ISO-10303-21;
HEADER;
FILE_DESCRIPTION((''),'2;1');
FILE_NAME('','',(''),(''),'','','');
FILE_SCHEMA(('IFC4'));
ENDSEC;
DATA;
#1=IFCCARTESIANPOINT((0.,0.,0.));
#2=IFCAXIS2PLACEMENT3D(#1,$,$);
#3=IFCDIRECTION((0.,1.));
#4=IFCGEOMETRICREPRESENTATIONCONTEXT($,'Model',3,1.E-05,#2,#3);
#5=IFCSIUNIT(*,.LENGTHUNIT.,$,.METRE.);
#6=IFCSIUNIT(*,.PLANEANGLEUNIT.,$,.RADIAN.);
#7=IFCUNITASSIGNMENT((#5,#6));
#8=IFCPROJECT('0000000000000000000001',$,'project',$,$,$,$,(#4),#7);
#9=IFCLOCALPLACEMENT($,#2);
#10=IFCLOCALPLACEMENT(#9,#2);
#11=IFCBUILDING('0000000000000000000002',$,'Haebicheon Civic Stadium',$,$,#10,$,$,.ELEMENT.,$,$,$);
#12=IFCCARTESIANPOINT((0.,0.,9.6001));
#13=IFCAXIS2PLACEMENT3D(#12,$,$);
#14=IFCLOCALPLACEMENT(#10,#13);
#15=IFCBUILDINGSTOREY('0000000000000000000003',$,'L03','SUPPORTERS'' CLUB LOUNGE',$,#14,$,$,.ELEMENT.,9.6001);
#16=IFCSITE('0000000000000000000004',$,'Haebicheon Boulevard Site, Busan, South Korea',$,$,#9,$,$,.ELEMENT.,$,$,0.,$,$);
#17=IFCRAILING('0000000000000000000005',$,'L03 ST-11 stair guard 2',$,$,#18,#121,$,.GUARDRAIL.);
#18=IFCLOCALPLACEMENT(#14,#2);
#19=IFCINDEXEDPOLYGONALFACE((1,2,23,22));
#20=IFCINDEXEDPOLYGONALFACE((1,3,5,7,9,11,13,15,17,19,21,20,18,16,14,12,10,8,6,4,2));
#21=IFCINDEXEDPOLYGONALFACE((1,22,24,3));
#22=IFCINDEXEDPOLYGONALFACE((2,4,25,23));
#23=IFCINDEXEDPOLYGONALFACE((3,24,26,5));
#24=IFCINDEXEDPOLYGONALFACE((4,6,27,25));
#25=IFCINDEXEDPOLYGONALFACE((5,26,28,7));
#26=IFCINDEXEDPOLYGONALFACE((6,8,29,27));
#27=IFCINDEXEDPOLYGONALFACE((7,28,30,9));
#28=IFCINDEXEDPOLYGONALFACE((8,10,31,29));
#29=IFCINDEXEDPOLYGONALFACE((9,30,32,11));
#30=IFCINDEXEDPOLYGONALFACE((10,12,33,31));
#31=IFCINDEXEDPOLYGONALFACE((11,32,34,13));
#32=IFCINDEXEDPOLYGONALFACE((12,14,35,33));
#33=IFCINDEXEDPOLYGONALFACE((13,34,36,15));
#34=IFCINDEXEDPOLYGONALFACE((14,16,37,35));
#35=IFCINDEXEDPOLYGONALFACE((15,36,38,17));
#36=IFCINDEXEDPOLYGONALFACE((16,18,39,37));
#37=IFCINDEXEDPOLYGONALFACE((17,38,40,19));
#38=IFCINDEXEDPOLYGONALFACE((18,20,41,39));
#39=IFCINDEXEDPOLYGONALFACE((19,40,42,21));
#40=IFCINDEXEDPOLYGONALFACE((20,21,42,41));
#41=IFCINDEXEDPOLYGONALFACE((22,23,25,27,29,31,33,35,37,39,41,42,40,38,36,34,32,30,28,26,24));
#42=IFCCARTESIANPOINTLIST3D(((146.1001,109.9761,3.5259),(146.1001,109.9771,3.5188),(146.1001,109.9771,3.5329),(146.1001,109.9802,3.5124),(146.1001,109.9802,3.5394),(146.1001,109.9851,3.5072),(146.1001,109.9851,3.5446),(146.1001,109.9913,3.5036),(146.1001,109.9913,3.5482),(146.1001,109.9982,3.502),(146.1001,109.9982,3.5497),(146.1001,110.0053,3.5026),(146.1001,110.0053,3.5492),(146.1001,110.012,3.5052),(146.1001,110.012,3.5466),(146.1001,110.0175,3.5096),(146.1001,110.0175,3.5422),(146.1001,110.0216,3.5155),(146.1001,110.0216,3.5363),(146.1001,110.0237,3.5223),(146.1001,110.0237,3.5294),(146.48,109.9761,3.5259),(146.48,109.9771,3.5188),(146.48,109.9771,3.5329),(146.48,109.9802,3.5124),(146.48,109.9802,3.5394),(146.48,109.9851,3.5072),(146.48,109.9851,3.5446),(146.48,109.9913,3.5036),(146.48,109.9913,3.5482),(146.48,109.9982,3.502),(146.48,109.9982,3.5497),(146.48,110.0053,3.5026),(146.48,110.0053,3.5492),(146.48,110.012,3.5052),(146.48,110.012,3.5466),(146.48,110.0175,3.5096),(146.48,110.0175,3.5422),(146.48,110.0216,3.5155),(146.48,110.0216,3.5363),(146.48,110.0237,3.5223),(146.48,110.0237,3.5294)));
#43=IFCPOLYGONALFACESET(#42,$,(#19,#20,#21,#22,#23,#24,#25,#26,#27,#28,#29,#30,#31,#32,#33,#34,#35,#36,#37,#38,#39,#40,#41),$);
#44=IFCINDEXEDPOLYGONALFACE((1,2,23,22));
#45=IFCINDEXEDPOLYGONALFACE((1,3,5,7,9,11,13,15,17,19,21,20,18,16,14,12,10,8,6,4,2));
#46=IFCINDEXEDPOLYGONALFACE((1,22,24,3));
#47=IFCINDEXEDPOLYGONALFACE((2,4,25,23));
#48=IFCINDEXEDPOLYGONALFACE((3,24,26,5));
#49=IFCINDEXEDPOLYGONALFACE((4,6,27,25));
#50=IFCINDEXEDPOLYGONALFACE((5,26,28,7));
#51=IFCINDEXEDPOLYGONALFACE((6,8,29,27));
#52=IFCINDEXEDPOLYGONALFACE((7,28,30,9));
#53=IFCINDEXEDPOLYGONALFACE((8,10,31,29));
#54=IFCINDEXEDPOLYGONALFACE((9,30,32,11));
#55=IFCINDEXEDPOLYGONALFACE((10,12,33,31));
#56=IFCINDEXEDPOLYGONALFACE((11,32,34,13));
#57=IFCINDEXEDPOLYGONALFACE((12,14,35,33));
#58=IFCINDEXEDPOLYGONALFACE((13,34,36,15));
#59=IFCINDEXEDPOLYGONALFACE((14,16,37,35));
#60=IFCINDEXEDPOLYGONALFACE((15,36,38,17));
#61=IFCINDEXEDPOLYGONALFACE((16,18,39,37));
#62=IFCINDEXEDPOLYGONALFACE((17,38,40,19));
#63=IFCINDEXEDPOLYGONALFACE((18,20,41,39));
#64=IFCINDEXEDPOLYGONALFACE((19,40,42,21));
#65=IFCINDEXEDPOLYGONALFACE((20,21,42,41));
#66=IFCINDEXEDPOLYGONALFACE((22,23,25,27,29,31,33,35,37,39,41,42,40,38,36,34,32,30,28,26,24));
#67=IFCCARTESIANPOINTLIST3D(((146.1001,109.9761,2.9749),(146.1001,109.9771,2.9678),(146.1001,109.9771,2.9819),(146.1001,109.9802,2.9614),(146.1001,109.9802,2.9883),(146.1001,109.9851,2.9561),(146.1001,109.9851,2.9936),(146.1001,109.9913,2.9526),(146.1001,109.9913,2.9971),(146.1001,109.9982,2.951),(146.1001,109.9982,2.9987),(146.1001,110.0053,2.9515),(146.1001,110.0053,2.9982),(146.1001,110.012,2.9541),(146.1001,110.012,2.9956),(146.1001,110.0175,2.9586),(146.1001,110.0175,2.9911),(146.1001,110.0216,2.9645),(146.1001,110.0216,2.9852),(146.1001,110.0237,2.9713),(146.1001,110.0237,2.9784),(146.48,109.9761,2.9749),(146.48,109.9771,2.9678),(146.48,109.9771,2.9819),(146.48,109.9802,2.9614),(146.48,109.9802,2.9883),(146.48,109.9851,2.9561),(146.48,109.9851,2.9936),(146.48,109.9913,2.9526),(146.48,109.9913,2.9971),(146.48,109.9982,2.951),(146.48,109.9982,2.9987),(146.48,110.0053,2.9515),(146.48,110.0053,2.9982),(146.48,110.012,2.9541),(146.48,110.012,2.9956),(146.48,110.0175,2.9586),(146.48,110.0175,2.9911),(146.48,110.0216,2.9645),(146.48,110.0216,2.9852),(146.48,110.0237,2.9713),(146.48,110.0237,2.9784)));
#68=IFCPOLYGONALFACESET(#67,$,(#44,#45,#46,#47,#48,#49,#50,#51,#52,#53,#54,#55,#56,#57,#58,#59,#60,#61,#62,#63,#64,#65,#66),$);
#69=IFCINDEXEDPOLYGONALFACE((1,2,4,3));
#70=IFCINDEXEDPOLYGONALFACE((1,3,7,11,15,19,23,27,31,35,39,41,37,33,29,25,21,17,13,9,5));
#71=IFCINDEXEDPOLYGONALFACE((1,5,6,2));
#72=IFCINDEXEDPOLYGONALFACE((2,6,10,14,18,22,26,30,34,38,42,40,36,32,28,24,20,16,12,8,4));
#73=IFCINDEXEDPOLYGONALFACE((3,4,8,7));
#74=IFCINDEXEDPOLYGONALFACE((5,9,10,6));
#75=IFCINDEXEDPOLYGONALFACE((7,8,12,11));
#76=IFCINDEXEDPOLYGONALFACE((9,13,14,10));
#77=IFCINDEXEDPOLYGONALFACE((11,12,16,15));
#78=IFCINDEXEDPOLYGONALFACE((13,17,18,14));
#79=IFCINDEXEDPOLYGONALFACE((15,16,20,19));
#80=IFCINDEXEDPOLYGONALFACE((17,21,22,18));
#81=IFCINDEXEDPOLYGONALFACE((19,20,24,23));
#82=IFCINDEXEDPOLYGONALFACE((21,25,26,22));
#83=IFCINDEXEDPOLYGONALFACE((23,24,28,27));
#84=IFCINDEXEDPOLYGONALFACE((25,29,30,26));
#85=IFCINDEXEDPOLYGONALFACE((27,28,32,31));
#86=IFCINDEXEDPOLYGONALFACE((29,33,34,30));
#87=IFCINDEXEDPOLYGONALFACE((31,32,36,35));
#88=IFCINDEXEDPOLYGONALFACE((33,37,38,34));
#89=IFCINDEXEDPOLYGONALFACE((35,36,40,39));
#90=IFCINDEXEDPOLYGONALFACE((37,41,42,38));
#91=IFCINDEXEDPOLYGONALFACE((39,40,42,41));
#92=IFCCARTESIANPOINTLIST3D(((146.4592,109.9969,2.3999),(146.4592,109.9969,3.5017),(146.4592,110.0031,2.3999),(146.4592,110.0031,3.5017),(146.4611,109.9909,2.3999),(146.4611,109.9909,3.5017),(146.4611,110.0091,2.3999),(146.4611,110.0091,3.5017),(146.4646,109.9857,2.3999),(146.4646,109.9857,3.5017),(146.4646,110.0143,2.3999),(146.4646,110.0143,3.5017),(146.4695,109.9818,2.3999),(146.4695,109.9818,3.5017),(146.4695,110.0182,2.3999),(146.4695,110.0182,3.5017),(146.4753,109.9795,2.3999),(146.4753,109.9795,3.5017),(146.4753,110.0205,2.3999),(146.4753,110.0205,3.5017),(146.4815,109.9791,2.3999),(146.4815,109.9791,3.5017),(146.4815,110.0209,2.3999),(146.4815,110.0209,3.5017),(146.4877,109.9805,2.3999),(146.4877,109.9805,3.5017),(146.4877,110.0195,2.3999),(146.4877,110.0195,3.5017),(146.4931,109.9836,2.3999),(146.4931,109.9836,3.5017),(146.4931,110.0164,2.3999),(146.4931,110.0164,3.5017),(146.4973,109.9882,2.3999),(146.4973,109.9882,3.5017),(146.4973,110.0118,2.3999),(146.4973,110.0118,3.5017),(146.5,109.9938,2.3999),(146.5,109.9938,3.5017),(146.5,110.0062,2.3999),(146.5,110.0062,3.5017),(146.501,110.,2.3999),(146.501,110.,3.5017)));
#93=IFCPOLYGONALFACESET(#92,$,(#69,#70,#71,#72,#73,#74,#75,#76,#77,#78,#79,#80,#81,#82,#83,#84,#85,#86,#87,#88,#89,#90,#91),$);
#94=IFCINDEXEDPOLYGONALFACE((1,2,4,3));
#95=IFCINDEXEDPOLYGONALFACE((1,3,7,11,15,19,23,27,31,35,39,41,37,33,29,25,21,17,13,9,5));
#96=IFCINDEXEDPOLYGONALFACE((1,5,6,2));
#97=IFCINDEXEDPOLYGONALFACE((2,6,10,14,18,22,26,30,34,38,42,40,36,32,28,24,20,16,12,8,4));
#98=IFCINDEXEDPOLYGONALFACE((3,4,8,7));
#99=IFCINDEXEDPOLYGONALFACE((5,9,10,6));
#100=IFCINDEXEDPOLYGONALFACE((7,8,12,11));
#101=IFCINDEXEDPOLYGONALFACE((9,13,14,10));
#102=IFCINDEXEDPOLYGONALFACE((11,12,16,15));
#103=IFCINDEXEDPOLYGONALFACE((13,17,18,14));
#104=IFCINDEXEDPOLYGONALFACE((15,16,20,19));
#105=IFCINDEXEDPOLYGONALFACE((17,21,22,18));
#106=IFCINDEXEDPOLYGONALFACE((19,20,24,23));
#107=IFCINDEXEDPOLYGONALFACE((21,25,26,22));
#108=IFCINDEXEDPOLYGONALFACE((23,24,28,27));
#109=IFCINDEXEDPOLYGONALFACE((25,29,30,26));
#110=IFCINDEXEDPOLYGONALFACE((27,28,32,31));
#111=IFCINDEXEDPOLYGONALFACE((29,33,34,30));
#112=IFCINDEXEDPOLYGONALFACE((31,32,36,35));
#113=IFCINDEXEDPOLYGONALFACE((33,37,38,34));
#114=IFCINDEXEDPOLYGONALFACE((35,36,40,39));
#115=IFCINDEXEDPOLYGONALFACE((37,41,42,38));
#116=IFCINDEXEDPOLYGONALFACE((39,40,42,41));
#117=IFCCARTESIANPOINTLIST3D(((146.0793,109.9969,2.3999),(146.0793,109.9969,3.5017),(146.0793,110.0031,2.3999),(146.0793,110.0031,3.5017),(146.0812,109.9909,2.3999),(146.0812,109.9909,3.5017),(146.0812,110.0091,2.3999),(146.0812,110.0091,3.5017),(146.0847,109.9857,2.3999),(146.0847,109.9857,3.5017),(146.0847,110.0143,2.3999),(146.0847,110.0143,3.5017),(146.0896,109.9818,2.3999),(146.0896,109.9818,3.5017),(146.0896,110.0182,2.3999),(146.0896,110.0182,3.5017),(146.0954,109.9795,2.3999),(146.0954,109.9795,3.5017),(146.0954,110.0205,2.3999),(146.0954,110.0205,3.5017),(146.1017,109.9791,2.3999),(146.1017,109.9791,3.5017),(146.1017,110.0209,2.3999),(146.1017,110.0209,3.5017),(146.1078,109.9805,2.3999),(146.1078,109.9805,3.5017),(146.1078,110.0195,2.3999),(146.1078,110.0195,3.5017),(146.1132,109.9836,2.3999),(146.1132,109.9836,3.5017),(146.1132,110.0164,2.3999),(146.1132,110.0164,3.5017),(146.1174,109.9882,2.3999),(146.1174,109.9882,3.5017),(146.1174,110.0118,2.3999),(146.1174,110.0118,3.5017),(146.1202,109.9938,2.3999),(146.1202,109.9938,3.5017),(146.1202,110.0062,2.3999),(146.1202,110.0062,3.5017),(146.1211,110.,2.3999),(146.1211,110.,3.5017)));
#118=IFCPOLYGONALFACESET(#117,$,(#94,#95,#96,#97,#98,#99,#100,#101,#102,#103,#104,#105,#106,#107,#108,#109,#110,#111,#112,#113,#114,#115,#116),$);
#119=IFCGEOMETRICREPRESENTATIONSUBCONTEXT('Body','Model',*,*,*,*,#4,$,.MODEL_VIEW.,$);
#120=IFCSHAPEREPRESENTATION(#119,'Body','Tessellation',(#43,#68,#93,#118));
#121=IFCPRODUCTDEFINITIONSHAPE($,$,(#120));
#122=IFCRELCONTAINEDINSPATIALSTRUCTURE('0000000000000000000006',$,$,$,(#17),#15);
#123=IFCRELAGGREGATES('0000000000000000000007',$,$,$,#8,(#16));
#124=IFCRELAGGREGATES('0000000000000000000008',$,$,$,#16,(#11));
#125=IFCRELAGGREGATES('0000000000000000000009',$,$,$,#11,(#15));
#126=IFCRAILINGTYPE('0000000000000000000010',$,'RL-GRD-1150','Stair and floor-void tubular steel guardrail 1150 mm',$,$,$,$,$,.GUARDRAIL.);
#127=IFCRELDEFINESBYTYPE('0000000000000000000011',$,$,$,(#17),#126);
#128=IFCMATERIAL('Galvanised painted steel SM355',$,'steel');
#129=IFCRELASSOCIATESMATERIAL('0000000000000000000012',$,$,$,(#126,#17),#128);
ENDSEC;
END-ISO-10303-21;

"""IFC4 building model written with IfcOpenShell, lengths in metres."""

from ifc_helpers import new_model, si_unit, direction, frame, origin, origin_2d, place, context, subcontext, project, spatial, circle, extrude, material, type_object, element, save


model = new_model("IFC4")

# Units and contexts
model_context = context("Model", 3, precision=1e-05, world=origin(), true_north=direction((0.0, 1.0)))
body_context = subcontext(model_context, "Body", "Model", "MODEL_VIEW")
ifc_project = project(units=[si_unit("LENGTHUNIT", "METRE"), si_unit("PLANEANGLEUNIT", "RADIAN")], contexts=[model_context])

# Site, building, storey
site_placement = place(None, origin())
site = spatial("IfcSite", under=ifc_project, at=site_placement, Name="Haebicheon Boulevard Site, Busan, South Korea", CompositionType="ELEMENT", RefElevation=0.0)
building_placement = place(site_placement, origin())
building = spatial("IfcBuilding", under=site, at=building_placement, Name="Haebicheon Civic Stadium", CompositionType="ELEMENT")
storey_placement = place(building_placement, frame((0.0, 0.0, 9.6001)))
storey = spatial("IfcBuildingStorey", under=building, at=storey_placement, Name="L03", Description="SUPPORTERS' CLUB LOUNGE", CompositionType="ELEMENT", Elevation=9.6001)

# Railing
ifc_material_1 = material(Name="Galvanised painted steel SM355", Category="steel")
railing_type_1 = type_object("IfcRailingType", Name="RL-GRD-1150", Description="Stair and floor-void tubular steel guardrail 1150 mm", PredefinedType="GUARDRAIL", material=ifc_material_1)
railing_1_placement = place(storey_placement, frame((146.48, 110.0, 2.3999)))
element("IfcRailing", 1, at=railing_1_placement, inside=storey, type_object=railing_type_1, material=ifc_material_1, Name="L03 ST-11 stair guard 2", PredefinedType="GUARDRAIL", context=body_context, shape_type="SweptSolid", body=[
    extrude(circle(Radius=0.0239, at=origin_2d()), frame((0.0, 0.0, 1.126), z_axis=(-1.0, 0.0, 0.0), x_axis=(0.0, -1.0, 0.0)), (0.0, 0.0, 1.0), 0.3799),
    extrude(circle(Radius=0.0239, at=origin_2d()), frame((0.0, 0.0, 0.575), z_axis=(-1.0, 0.0, 0.0), x_axis=(0.0, -1.0, 0.0)), (0.0, 0.0, 1.0), 0.3799),
    extrude(circle(Radius=0.021, at=origin_2d()), origin(), (0.0, 0.0, 1.0), 1.1018),
    extrude(circle(Radius=0.021, at=origin_2d()), frame((-0.3799, 0.0, 0.0)), (0.0, 0.0, 1.0), 1.1018),
])

save(model, "model.ifc")
